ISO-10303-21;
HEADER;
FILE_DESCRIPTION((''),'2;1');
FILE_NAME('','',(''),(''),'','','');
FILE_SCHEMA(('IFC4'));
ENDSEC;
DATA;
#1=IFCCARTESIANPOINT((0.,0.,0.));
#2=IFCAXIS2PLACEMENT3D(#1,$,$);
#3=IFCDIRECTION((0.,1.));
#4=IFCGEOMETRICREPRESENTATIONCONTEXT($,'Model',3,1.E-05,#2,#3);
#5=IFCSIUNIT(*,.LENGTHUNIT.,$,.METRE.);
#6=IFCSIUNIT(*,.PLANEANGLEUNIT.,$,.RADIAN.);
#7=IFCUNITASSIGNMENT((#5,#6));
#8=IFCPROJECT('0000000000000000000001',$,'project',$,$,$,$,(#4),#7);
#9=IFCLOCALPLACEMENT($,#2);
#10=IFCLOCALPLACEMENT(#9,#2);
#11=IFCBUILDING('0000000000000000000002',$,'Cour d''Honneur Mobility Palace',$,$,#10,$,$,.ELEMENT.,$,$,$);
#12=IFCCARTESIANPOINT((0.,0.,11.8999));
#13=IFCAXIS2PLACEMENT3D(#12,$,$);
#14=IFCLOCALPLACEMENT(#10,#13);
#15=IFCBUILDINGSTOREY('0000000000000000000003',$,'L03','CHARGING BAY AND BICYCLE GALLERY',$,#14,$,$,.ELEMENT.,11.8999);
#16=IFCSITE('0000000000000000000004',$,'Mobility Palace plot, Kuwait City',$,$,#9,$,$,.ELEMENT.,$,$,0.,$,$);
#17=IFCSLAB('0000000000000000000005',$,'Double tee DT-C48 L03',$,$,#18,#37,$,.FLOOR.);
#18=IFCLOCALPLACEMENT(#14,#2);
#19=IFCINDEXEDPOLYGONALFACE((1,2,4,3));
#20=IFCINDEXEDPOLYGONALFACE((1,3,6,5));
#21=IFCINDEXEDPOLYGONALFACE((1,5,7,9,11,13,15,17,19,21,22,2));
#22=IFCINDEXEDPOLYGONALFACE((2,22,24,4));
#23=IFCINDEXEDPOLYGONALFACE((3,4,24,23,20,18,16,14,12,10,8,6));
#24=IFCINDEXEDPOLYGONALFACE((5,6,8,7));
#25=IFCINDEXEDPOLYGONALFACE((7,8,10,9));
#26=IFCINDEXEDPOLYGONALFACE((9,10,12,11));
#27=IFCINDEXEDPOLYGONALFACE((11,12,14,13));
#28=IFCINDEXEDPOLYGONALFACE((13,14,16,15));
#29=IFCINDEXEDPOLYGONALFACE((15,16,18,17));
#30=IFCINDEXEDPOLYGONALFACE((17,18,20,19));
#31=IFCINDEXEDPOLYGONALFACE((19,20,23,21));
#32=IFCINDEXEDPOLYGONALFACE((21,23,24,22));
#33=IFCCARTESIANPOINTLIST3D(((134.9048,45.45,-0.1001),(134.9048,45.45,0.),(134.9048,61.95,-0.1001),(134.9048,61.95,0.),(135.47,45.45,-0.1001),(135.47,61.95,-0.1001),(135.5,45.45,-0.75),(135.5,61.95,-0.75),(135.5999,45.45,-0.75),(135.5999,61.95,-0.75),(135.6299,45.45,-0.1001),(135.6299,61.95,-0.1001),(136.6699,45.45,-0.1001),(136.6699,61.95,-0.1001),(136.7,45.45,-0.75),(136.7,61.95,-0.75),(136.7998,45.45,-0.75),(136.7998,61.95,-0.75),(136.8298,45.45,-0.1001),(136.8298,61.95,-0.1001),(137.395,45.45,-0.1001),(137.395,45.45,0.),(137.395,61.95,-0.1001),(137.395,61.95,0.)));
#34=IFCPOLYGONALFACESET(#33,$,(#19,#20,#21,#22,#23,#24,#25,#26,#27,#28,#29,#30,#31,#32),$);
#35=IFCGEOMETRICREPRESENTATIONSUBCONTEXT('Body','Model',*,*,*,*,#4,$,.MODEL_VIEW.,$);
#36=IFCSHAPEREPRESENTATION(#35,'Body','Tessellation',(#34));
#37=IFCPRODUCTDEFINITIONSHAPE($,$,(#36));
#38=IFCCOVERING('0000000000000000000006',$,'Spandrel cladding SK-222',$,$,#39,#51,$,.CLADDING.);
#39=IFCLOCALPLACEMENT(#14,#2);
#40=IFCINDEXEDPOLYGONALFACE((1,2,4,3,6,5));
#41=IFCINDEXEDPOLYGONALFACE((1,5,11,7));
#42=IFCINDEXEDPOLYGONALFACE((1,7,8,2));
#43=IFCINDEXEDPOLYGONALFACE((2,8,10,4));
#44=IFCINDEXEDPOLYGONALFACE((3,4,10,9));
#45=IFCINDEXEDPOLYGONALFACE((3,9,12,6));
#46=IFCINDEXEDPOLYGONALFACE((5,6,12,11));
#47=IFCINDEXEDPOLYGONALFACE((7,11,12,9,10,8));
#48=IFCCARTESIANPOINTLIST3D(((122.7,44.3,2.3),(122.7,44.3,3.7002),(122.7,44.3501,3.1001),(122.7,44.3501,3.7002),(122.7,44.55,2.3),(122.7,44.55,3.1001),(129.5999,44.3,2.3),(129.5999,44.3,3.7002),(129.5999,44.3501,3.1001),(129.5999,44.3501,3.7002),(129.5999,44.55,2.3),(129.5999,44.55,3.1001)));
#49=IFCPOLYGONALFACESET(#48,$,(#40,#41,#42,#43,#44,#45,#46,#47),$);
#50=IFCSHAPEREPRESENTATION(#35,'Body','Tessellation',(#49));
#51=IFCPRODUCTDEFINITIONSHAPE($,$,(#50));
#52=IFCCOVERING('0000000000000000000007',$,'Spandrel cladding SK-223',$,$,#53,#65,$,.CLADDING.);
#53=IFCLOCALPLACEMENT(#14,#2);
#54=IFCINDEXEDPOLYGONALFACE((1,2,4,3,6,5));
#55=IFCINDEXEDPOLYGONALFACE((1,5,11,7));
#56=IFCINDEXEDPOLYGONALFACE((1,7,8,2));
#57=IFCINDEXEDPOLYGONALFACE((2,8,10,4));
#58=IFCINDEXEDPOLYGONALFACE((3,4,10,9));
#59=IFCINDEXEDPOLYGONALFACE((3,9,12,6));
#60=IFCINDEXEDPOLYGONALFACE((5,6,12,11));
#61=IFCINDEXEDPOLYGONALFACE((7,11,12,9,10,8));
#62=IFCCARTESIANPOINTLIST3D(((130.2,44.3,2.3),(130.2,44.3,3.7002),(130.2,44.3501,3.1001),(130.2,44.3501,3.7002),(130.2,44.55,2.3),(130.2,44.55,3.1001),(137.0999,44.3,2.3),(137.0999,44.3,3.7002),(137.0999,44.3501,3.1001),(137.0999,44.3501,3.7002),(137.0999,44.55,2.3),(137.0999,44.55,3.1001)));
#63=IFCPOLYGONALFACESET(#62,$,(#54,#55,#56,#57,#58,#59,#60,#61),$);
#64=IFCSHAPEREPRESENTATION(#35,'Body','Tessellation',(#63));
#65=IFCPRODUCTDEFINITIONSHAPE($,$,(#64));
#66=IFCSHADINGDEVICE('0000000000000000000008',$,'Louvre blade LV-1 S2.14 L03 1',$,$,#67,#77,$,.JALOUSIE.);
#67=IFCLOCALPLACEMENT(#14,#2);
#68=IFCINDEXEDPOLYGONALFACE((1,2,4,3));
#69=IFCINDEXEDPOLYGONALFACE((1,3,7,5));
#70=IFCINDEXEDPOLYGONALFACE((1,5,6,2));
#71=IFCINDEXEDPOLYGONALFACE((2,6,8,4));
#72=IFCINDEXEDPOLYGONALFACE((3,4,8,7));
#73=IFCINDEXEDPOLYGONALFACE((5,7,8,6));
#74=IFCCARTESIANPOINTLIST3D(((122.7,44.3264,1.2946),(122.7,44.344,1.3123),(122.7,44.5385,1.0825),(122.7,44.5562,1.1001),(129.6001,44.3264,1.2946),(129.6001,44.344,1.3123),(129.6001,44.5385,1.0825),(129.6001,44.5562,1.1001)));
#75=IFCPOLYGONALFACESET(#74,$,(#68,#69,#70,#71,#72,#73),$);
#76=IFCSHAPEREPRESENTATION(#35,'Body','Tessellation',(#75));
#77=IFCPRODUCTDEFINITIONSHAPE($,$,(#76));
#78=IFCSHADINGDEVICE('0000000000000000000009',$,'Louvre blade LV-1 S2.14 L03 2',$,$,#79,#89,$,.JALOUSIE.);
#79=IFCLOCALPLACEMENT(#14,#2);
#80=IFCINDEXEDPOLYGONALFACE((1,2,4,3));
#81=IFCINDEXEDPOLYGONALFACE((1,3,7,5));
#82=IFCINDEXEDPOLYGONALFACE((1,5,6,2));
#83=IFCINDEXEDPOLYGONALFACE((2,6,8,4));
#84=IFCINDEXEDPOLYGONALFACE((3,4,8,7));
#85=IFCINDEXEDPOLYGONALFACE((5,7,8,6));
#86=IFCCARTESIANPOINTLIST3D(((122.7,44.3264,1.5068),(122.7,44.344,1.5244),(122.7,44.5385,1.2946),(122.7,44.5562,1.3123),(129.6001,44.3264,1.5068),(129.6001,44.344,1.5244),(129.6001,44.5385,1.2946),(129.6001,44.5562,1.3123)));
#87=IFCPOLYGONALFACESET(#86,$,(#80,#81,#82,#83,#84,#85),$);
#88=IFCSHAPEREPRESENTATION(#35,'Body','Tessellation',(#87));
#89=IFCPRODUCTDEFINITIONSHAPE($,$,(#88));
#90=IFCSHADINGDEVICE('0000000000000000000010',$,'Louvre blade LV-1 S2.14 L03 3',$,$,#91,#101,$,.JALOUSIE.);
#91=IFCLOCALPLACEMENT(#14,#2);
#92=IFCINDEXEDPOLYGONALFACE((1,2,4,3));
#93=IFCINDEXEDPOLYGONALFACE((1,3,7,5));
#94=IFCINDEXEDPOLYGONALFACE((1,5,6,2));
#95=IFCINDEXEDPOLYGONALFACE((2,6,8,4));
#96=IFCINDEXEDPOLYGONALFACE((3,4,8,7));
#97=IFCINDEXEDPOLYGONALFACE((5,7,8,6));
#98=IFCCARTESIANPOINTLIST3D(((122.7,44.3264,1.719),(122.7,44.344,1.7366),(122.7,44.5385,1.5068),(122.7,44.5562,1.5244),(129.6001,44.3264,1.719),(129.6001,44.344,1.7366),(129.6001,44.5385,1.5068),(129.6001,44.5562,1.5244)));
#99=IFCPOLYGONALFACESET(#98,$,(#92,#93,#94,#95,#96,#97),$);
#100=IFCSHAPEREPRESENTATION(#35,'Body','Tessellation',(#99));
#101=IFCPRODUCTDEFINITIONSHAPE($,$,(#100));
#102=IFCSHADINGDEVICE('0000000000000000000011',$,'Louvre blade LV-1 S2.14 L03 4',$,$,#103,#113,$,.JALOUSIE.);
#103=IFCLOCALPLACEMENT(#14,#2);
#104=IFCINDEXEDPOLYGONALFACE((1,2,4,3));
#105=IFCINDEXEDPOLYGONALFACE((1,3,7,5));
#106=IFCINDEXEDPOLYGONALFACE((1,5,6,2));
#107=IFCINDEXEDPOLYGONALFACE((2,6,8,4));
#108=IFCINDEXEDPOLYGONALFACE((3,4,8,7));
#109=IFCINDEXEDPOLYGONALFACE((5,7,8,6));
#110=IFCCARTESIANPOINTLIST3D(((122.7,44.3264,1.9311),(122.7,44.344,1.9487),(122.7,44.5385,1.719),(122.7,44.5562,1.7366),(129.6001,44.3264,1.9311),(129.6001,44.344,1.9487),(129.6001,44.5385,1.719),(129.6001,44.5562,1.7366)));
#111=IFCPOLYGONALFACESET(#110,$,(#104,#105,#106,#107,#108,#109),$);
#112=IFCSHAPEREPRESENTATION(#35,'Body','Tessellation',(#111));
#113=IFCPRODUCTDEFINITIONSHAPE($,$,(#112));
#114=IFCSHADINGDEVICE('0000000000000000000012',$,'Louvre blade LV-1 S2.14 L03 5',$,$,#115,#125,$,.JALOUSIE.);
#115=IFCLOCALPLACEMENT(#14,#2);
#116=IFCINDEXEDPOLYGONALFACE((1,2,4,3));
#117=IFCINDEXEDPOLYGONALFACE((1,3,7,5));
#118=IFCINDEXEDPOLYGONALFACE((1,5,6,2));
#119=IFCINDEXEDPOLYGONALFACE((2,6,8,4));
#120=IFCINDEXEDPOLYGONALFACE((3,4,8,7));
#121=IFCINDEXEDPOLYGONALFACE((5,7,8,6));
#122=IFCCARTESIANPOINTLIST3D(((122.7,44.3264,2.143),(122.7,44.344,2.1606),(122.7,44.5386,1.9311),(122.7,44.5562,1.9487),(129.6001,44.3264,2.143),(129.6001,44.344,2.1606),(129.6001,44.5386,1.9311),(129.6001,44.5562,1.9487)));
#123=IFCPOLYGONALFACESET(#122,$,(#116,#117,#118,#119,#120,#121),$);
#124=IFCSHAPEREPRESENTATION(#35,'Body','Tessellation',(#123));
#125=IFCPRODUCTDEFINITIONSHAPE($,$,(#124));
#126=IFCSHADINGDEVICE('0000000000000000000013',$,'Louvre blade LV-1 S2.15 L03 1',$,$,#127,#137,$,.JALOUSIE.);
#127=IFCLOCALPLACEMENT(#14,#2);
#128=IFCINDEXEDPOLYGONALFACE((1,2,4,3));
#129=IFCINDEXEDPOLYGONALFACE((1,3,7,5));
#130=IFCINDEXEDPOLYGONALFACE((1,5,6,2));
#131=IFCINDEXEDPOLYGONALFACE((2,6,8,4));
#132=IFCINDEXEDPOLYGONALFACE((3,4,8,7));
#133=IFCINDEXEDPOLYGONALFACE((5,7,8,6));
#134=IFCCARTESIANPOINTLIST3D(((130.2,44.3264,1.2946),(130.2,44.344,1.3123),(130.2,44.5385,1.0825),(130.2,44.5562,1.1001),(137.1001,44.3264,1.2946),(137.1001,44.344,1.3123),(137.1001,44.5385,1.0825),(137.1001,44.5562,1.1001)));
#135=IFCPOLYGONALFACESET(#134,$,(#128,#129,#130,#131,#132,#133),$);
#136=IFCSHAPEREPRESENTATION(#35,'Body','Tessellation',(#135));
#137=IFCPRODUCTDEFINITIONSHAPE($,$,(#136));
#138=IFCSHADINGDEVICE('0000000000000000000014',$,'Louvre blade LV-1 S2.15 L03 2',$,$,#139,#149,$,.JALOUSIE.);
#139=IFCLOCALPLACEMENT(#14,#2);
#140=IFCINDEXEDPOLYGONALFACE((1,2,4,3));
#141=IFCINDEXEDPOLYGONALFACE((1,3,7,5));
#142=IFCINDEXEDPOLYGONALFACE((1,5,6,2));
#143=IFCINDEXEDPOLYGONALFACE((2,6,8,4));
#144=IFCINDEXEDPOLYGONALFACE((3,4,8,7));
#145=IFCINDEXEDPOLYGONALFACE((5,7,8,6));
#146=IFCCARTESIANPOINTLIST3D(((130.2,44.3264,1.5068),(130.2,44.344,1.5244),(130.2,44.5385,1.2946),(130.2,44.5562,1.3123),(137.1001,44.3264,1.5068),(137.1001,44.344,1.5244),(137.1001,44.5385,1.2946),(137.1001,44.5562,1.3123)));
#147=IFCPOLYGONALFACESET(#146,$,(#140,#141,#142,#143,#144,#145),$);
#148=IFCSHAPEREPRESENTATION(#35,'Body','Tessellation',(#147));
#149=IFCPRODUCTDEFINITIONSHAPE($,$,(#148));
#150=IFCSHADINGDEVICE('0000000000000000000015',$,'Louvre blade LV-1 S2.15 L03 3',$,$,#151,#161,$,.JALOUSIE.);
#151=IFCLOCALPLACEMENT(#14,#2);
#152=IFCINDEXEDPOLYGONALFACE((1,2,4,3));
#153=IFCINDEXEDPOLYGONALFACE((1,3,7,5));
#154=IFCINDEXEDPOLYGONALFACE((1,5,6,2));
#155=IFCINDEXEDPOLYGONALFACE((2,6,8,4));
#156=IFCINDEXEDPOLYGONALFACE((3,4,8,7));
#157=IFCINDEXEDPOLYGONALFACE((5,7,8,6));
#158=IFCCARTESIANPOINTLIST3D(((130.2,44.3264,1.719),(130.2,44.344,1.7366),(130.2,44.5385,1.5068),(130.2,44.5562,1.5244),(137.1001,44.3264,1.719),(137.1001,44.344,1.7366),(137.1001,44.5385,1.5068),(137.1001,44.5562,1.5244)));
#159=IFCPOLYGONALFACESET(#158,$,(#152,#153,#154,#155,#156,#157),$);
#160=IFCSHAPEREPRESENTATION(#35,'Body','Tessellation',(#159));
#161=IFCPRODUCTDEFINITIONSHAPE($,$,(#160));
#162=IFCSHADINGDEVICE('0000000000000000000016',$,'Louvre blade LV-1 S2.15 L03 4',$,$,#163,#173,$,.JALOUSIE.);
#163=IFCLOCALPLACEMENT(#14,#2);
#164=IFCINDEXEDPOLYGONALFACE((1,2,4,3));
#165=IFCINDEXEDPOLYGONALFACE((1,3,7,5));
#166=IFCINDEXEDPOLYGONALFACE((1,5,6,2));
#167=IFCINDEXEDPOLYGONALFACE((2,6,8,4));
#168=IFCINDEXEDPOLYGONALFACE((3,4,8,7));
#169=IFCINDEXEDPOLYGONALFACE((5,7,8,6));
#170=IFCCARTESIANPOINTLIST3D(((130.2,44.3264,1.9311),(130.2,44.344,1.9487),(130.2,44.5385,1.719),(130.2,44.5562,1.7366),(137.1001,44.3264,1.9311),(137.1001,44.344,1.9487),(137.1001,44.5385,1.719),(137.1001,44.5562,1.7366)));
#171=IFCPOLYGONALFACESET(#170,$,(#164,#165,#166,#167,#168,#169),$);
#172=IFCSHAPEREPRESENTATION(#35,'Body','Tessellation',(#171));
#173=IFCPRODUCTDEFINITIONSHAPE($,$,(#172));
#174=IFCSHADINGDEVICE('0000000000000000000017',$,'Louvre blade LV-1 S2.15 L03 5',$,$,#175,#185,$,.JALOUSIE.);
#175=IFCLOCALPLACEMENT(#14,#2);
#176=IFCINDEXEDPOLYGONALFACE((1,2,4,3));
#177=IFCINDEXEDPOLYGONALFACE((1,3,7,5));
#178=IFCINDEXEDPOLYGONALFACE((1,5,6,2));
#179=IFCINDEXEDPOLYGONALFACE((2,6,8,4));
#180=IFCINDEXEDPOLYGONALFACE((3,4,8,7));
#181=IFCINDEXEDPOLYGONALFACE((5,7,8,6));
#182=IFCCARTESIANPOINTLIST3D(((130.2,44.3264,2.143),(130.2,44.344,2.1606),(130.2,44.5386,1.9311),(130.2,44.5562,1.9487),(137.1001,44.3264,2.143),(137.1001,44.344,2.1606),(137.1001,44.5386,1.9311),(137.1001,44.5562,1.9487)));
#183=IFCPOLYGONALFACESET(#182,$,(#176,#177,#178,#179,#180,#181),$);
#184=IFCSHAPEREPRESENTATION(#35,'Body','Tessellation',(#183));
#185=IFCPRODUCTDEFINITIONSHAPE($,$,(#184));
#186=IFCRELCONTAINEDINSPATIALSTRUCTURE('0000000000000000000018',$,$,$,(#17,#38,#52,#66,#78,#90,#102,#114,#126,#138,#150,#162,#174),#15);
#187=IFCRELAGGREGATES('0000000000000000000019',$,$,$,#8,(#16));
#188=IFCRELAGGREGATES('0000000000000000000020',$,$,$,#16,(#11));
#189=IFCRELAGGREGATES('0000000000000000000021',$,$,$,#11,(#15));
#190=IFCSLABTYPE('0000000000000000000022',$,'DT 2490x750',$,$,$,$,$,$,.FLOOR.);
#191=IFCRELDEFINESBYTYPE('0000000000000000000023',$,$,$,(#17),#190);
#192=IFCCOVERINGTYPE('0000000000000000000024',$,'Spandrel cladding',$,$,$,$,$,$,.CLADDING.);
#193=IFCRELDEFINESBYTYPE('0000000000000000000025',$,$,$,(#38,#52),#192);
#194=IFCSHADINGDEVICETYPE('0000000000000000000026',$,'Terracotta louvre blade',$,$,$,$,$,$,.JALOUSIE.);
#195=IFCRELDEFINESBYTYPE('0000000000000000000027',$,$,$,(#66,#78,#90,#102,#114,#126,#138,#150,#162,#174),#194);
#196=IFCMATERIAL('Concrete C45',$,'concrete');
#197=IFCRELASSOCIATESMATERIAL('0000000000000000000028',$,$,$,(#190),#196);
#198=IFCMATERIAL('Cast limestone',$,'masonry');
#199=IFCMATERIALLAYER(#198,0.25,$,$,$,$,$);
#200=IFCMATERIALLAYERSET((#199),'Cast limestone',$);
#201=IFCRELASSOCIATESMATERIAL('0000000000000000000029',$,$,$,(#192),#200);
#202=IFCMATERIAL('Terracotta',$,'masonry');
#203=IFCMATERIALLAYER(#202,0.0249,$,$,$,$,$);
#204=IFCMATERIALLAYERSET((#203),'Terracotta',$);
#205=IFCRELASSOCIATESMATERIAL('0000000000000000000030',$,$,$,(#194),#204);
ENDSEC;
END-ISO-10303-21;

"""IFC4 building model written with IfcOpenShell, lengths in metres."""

from ifc_helpers import new_model, si_unit, direction, frame, origin, place, context, subcontext, project, spatial, polyline, outline, extrude, material, layer, layer_set, material_profile, profile_set, type_object, element, save


model = new_model("IFC4")

# Units and contexts
model_context = context("Model", 3, precision=1e-05, world=origin(), true_north=direction((0.0, 1.0)))
body_context = subcontext(model_context, "Body", "Model", "MODEL_VIEW")
ifc_project = project(units=[si_unit("LENGTHUNIT", "METRE"), si_unit("PLANEANGLEUNIT", "RADIAN")], contexts=[model_context])

# Site, building, storey
site_placement = place(None, origin())
site = spatial("IfcSite", under=ifc_project, at=site_placement, Name="Mobility Palace plot, Kuwait City", CompositionType="ELEMENT", RefElevation=0.0)
building_placement = place(site_placement, origin())
building = spatial("IfcBuilding", under=site, at=building_placement, Name="Cour d'Honneur Mobility Palace", CompositionType="ELEMENT")
storey_placement = place(building_placement, frame((0.0, 0.0, 11.8999)))
storey = spatial("IfcBuildingStorey", under=building, at=storey_placement, Name="L03", Description="CHARGING BAY AND BICYCLE GALLERY", CompositionType="ELEMENT", Elevation=11.8999)

# Slab
ifc_material_1 = material(Name="Concrete C45", Category="concrete")
ifc_material_profile_1 = material_profile(ifc_material_1, outline(polyline([(-1.2451, 0.0), (1.2451, 0.0), (1.2451, -0.1001), (0.6799, -0.1001), (0.6499, -0.75), (0.55, -0.75), (0.52, -0.1001), (-0.52, -0.1001), (-0.55, -0.75), (-0.6499, -0.75), (-0.6799, -0.1001), (-1.2451, -0.1001), (-1.2451, 0.0)])), Name="DT 2490x750")
ifc_profile_set_1 = profile_set([ifc_material_profile_1], Name="Concrete C45")
slab_type = type_object("IfcSlabType", Name="DT 2490x750", PredefinedType="FLOOR", material=ifc_profile_set_1)
slab_1_placement = place(storey_placement, frame((136.1499, 45.45, 0.0), z_axis=(0.0, 1.0, 0.0), x_axis=(-1.0, 0.0, 0.0)))
element("IfcSlab", 1, at=slab_1_placement, inside=storey, type_object=slab_type, Name="Double tee DT-C48 L03", PredefinedType="FLOOR", context=body_context, shape_type="SweptSolid", body=[
    extrude(outline(polyline([(-1.2451, 0.0), (1.2451, 0.0), (1.2451, -0.1001), (0.6799, -0.1001), (0.6499, -0.75), (0.55, -0.75), (0.52, -0.1001), (-0.52, -0.1001), (-0.55, -0.75), (-0.6499, -0.75), (-0.6799, -0.1001), (-1.2451, -0.1001), (-1.2451, 0.0)])), origin(), (0.0, 0.0, 1.0), 16.5),
])

# Coverings
ifc_material_2 = material(Name="Cast limestone", Category="masonry")
ifc_layer_1 = layer(ifc_material_2, 0.25)
ifc_layer_set_1 = layer_set([ifc_layer_1], Name="Cast limestone")
covering_type = type_object("IfcCoveringType", Name="Spandrel cladding", PredefinedType="CLADDING", material=ifc_layer_set_1)
for number, where, z_axis, x_axis, name in (
    (2, (122.7, 44.55, 2.3), (-1.0, 0.0, 0.0), (0.0, -1.0, 0.0), "Spandrel cladding SK-222"),
    (3, (130.2, 44.55, 2.3), (-1.0, 0.0, 0.0), (0.0, -1.0, 0.0), "Spandrel cladding SK-223"),
):
    element("IfcCovering", number, at=place(storey_placement, frame(where, z_axis=z_axis, x_axis=x_axis)), inside=storey, type_object=covering_type, Name=name, PredefinedType="CLADDING", context=body_context, shape_type="SweptSolid", body=[
        extrude(outline(polyline([(0.0, 0.0), (0.25, 0.0), (0.25, 1.4001), (0.2, 1.4001), (0.2, 0.8), (0.0, 0.8), (0.0, 0.0)])), origin(), (0.0, 0.0, -1.0), 6.8999),
    ])

# Shading devices
ifc_material_3 = material(Name="Terracotta", Category="masonry")
ifc_layer_2 = layer(ifc_material_3, 0.0249)
ifc_layer_set_2 = layer_set([ifc_layer_2], Name="Terracotta")
shading_device_type = type_object("IfcShadingDeviceType", Name="Terracotta louvre blade", PredefinedType="JALOUSIE", material=ifc_layer_set_2)
for number, where, z_axis, x_axis, name in (
    (4, (122.7, 44.5562, 1.1001), (0.0, 0.707107, 0.707107), (1.0, 0.0, 0.0), "Louvre blade LV-1 S2.14 L03 1"),
    (5, (122.7, 44.5562, 1.3123), (0.0, 0.707107, 0.707107), (1.0, 0.0, 0.0), "Louvre blade LV-1 S2.14 L03 2"),
    (6, (122.7, 44.5562, 1.5244), (0.0, 0.707107, 0.707107), (1.0, 0.0, 0.0), "Louvre blade LV-1 S2.14 L03 3"),
    (7, (122.7, 44.5562, 1.7366), (0.0, 0.707107, 0.707107), (1.0, 0.0, 0.0), "Louvre blade LV-1 S2.14 L03 4"),
):
    element("IfcShadingDevice", number, at=place(storey_placement, frame(where, z_axis=z_axis, x_axis=x_axis)), inside=storey, type_object=shading_device_type, Name=name, PredefinedType="JALOUSIE", context=body_context, shape_type="SweptSolid", body=[
        extrude(outline(polyline([(0.0, 0.0), (6.9001, 0.0), (6.9001, -0.3), (0.0, -0.3), (0.0, 0.0)])), origin(), (0.0, 0.0, -1.0), 0.0249),
    ])
shading_device_1_placement = place(storey_placement, frame((122.7, 44.5562, 1.9487), z_axis=(0.0, 0.7067, 0.707514), x_axis=(1.0, 0.0, 0.0)))
element("IfcShadingDevice", 8, at=shading_device_1_placement, inside=storey, type_object=shading_device_type, Name="Louvre blade LV-1 S2.14 L03 5", PredefinedType="JALOUSIE", context=body_context, shape_type="SweptSolid", body=[
    extrude(outline(polyline([(0.0, 0.0), (6.9001, 0.0), (6.9001, -0.2999), (0.0, -0.2999), (0.0, 0.0)])), origin(), (0.0, 0.0, -1.0), 0.0249),
])
for number, where, z_axis, x_axis, name in (
    (9, (130.2, 44.5562, 1.1001), (0.0, 0.707107, 0.707107), (1.0, 0.0, 0.0), "Louvre blade LV-1 S2.15 L03 1"),
    (10, (130.2, 44.5562, 1.3123), (0.0, 0.707107, 0.707107), (1.0, 0.0, 0.0), "Louvre blade LV-1 S2.15 L03 2"),
    (11, (130.2, 44.5562, 1.5244), (0.0, 0.707107, 0.707107), (1.0, 0.0, 0.0), "Louvre blade LV-1 S2.15 L03 3"),
    (12, (130.2, 44.5562, 1.7366), (0.0, 0.707107, 0.707107), (1.0, 0.0, 0.0), "Louvre blade LV-1 S2.15 L03 4"),
):
    element("IfcShadingDevice", number, at=place(storey_placement, frame(where, z_axis=z_axis, x_axis=x_axis)), inside=storey, type_object=shading_device_type, Name=name, PredefinedType="JALOUSIE", context=body_context, shape_type="SweptSolid", body=[
        extrude(outline(polyline([(0.0, 0.0), (6.9001, 0.0), (6.9001, -0.3), (0.0, -0.3), (0.0, 0.0)])), origin(), (0.0, 0.0, -1.0), 0.0249),
    ])
shading_device_2_placement = place(storey_placement, frame((130.2, 44.5562, 1.9487), z_axis=(0.0, 0.7067, 0.707514), x_axis=(1.0, 0.0, 0.0)))
element("IfcShadingDevice", 13, at=shading_device_2_placement, inside=storey, type_object=shading_device_type, Name="Louvre blade LV-1 S2.15 L03 5", PredefinedType="JALOUSIE", context=body_context, shape_type="SweptSolid", body=[
    extrude(outline(polyline([(0.0, 0.0), (6.9001, 0.0), (6.9001, -0.2999), (0.0, -0.2999), (0.0, 0.0)])), origin(), (0.0, 0.0, -1.0), 0.0249),
])

save(model, "model.ifc")
